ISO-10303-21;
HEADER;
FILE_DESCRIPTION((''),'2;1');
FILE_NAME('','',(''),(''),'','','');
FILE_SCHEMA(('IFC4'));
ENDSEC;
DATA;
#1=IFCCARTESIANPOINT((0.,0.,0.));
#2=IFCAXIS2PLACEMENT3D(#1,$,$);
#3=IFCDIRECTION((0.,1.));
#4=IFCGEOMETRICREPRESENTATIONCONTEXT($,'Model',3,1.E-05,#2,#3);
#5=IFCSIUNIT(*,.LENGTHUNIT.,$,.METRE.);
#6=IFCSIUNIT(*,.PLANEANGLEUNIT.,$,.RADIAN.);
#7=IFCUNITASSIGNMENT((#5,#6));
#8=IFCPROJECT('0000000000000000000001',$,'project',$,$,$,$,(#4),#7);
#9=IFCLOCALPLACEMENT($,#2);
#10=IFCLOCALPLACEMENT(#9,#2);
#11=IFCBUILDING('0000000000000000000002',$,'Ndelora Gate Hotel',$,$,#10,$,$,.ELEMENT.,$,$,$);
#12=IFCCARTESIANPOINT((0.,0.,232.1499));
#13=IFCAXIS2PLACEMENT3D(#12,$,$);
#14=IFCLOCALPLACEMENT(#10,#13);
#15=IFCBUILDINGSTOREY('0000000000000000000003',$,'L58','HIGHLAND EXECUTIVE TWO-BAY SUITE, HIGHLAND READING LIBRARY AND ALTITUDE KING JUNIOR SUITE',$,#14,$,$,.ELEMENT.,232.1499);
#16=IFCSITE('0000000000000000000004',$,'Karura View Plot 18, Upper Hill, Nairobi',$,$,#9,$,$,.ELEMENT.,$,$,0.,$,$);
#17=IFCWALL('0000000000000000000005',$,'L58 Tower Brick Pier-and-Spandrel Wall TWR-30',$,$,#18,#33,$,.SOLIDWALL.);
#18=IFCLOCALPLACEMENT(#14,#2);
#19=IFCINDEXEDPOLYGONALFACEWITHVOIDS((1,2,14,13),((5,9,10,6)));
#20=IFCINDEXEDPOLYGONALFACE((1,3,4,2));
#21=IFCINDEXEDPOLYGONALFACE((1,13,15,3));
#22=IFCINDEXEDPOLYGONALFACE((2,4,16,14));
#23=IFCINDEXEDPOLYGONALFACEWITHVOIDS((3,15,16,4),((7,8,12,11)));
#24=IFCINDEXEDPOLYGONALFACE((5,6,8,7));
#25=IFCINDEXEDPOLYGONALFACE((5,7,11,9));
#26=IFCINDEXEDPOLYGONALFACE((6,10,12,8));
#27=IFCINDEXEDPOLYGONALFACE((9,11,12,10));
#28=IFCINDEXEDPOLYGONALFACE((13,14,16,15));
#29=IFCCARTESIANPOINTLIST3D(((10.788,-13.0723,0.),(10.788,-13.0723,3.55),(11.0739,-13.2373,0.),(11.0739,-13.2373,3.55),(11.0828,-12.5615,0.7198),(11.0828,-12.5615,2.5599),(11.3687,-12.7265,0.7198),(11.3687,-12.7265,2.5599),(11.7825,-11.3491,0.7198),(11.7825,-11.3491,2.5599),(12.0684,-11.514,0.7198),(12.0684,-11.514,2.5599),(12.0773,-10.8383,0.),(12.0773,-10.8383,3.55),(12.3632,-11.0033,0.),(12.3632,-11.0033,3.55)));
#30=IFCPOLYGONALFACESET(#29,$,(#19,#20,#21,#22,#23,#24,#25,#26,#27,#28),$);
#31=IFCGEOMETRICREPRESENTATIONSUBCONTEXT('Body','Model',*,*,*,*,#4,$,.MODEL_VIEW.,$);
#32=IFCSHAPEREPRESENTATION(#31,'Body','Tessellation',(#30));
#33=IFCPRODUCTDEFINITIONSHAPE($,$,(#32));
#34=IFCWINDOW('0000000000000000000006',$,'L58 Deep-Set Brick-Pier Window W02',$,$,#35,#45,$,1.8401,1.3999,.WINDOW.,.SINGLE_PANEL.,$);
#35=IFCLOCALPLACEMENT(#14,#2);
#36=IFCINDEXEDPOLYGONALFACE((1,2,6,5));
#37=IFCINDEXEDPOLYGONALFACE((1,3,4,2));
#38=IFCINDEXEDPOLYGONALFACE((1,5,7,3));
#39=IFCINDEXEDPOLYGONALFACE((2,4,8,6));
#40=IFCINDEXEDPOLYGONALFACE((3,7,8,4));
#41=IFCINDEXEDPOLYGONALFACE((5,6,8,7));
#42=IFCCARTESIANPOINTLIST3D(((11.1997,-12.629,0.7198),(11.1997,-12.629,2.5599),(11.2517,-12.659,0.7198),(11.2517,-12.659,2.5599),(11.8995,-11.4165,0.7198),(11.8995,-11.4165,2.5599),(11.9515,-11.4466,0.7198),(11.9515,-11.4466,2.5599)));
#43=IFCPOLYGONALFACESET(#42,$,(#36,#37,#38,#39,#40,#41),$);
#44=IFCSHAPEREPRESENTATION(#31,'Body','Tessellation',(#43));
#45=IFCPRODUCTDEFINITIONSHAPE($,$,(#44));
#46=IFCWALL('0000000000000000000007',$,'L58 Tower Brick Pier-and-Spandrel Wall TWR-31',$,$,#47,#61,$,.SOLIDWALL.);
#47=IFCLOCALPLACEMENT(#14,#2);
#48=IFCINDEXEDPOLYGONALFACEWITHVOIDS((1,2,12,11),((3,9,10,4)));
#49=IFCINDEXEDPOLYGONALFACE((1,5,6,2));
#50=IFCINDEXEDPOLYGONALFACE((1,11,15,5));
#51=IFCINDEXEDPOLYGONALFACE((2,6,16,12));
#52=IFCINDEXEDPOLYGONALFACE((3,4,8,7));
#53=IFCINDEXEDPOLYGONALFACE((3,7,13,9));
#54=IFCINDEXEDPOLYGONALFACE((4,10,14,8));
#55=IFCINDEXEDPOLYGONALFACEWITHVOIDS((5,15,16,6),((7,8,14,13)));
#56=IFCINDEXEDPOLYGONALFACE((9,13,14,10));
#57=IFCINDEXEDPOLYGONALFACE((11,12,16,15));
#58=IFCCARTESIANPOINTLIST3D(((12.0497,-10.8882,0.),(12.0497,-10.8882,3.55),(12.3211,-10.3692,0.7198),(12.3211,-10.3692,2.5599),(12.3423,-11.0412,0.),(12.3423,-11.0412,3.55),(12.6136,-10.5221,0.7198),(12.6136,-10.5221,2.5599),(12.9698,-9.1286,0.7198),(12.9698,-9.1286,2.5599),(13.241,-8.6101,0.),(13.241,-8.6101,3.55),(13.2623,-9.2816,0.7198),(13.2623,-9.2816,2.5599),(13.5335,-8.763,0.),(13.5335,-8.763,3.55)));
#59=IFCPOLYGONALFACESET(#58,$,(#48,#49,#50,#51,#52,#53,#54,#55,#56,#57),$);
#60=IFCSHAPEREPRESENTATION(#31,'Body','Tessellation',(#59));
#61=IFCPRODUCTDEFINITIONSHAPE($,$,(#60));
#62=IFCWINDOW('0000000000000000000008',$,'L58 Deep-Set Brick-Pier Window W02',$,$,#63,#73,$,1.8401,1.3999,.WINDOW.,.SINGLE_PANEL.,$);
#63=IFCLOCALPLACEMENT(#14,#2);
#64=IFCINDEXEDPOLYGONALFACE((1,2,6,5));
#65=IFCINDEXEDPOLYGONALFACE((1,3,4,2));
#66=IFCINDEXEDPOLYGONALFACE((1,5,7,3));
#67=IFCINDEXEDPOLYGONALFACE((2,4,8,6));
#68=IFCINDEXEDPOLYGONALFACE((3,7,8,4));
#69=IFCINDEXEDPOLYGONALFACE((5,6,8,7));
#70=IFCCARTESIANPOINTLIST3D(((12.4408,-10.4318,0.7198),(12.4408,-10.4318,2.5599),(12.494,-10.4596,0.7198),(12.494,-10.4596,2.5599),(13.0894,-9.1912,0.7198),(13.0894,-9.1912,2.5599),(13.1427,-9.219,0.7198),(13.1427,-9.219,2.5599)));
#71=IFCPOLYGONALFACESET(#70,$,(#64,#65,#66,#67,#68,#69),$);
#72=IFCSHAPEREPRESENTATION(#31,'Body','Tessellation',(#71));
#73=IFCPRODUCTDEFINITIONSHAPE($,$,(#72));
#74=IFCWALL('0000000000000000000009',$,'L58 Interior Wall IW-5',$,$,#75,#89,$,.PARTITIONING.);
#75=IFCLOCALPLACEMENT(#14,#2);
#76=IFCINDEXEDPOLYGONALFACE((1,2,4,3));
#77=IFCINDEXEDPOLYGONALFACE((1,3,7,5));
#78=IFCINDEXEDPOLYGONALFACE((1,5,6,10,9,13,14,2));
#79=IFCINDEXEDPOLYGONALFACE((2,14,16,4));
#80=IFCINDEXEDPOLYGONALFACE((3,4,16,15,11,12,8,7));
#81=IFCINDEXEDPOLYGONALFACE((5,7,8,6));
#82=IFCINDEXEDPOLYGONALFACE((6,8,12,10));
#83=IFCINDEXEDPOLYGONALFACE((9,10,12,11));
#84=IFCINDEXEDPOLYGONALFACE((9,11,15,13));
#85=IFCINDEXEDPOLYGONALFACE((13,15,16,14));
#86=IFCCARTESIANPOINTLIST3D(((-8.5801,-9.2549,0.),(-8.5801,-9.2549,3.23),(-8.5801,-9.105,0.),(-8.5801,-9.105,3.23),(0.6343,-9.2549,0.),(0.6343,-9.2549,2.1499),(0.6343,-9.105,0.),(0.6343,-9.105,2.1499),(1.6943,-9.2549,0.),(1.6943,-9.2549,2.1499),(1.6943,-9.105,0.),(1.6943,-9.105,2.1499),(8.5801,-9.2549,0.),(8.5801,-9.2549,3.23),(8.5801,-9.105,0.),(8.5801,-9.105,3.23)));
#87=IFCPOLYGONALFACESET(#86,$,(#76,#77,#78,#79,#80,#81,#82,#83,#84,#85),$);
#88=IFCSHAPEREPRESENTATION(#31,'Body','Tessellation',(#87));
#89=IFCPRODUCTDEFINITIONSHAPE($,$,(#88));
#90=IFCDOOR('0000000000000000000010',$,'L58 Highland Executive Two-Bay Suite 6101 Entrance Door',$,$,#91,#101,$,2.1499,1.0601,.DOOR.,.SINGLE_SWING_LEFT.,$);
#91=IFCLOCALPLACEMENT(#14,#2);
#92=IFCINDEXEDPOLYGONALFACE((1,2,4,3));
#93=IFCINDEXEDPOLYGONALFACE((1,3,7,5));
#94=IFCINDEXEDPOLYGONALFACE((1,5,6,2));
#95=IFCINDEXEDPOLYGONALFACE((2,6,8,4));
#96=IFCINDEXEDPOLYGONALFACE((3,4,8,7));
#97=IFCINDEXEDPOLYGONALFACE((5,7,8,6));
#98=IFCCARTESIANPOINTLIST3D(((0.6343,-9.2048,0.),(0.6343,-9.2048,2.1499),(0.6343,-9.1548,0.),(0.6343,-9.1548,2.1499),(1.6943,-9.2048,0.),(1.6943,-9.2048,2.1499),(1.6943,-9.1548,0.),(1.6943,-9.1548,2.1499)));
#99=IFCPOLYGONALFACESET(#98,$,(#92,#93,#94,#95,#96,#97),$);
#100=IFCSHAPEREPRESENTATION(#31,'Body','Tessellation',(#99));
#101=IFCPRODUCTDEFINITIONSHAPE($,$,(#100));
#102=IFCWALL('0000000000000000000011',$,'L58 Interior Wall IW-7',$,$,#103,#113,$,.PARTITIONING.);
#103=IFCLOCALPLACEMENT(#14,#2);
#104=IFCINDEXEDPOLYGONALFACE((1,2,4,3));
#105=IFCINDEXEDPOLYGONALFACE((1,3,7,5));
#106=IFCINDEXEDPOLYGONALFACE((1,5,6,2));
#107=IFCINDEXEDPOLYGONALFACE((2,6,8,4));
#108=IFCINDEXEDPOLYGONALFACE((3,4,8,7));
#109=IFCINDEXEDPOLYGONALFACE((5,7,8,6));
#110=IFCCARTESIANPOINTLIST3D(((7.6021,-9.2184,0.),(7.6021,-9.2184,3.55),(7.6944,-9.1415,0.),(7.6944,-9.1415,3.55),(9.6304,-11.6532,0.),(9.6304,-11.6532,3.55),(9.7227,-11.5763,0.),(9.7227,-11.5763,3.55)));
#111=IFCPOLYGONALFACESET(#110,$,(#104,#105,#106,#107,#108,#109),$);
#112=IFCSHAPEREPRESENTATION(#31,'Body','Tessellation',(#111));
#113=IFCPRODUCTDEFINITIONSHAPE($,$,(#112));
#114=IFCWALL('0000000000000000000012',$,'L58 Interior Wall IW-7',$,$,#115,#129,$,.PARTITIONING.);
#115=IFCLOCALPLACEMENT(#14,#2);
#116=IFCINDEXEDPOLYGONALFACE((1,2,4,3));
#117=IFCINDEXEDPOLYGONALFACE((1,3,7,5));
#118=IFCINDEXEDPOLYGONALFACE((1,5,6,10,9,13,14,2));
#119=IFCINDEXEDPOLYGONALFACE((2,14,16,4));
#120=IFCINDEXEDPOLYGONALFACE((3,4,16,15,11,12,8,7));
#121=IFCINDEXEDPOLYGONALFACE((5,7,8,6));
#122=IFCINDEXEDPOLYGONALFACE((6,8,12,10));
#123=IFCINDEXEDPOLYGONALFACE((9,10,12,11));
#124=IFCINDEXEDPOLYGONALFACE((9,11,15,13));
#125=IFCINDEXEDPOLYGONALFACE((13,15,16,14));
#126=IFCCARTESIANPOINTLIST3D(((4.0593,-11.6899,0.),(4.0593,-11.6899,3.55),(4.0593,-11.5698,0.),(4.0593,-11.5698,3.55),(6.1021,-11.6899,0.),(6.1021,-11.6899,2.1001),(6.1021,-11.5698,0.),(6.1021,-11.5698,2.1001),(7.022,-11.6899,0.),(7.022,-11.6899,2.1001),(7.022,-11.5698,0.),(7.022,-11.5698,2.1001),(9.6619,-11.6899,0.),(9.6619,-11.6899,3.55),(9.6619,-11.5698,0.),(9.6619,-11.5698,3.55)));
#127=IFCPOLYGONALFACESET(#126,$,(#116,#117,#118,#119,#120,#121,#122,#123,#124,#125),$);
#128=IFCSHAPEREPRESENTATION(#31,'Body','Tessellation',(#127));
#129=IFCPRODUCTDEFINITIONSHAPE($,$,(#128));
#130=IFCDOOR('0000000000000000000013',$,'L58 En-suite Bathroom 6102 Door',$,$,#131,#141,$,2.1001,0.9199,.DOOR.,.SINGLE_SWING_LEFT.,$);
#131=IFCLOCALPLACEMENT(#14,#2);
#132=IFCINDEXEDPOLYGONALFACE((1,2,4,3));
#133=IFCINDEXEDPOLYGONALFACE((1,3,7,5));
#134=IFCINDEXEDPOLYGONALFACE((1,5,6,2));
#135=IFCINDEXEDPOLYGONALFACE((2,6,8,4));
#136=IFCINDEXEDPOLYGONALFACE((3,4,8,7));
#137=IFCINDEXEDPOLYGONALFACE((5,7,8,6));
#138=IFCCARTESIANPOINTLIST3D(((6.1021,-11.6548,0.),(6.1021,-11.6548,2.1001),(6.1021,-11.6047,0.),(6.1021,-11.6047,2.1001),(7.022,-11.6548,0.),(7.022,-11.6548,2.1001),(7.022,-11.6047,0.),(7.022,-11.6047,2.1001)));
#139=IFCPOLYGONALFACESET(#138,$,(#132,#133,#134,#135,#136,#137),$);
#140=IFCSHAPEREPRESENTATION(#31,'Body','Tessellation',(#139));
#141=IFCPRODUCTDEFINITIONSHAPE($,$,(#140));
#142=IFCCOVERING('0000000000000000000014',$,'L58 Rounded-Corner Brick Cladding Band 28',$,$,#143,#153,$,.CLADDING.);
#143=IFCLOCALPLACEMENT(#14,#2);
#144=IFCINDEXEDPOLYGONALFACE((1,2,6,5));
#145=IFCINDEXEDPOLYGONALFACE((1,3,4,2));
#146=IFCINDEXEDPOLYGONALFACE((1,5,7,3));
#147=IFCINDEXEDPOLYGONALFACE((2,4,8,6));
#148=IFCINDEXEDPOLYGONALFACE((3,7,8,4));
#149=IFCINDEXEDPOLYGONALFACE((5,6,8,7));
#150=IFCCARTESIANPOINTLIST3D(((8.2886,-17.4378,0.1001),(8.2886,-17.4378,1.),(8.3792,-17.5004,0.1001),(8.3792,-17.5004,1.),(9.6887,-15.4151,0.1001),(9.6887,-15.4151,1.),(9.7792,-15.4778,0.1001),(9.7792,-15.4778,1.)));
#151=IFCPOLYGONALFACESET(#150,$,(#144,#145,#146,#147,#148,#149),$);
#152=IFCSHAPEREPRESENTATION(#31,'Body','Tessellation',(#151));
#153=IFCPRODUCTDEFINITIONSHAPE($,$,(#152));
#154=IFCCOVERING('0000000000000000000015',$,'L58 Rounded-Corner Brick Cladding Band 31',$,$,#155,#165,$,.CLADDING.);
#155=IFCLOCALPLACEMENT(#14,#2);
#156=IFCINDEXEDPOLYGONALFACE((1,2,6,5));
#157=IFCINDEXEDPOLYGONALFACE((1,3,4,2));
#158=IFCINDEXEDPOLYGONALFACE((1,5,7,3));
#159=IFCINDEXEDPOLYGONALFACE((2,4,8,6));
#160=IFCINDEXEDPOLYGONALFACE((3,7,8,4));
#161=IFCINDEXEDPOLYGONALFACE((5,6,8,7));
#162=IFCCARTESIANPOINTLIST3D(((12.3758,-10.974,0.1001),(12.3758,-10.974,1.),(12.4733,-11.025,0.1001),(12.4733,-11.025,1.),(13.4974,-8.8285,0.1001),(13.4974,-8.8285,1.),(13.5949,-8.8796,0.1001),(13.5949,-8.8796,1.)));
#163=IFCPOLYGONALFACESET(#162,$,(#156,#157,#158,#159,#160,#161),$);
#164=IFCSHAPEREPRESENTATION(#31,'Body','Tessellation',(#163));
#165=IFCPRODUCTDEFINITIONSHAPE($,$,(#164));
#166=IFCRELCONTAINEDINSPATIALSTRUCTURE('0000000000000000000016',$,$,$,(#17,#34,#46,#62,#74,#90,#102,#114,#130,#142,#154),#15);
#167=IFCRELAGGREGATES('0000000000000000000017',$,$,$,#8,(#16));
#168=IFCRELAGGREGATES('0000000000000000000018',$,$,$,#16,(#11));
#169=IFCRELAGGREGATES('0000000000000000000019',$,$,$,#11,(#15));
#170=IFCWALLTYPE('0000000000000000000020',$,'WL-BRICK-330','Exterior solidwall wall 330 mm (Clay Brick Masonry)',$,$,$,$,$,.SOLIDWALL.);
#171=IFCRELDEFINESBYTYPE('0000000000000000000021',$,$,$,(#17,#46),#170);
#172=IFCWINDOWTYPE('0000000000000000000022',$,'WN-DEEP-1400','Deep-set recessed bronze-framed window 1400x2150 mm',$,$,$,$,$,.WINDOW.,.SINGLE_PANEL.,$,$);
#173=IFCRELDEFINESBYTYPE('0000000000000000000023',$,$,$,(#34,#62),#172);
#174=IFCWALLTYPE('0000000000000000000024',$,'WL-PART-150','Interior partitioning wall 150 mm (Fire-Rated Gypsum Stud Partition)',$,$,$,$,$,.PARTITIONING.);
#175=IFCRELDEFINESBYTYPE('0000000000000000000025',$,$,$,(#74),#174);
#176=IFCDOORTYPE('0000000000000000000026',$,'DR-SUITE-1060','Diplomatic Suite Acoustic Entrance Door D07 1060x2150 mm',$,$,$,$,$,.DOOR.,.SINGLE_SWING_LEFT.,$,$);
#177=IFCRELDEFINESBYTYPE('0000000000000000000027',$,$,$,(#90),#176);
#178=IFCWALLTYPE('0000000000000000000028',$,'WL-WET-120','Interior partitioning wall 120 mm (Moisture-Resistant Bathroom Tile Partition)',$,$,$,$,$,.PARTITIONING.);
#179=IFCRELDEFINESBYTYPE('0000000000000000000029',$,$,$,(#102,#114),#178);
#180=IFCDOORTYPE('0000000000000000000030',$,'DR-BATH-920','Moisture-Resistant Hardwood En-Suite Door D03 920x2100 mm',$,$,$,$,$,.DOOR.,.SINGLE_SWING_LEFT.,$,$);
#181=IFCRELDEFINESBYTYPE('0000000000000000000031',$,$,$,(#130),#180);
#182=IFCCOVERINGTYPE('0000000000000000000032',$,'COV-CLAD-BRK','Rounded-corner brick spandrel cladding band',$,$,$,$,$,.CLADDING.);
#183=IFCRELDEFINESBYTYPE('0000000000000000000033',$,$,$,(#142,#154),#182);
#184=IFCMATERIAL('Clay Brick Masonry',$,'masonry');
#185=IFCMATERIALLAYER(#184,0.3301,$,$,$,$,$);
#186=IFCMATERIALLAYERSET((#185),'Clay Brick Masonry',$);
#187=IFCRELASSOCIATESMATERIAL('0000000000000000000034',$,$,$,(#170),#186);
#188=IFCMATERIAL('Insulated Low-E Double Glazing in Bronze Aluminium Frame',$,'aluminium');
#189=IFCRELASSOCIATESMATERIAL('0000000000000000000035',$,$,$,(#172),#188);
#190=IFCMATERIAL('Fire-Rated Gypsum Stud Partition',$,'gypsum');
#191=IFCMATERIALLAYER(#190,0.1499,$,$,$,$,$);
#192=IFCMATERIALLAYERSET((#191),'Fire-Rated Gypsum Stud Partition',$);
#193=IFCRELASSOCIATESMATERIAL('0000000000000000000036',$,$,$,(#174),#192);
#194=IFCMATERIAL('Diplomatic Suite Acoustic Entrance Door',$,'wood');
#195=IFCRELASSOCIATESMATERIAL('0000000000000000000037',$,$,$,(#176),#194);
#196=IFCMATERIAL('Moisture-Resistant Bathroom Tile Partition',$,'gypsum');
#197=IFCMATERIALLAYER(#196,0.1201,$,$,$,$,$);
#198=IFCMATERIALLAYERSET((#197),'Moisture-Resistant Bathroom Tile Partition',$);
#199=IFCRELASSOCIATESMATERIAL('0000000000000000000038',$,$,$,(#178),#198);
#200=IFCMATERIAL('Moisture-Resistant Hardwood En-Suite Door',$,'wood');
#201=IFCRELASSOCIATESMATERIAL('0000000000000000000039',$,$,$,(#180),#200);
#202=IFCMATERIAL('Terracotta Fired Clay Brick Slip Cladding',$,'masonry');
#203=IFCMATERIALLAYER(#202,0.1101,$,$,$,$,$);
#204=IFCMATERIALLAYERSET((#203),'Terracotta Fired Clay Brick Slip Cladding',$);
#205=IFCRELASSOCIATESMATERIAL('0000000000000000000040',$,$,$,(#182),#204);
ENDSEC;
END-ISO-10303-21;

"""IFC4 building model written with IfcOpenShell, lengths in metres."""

from ifc_helpers import new_model, si_unit, direction, frame, frame_2d, origin, origin_2d, place, context, subcontext, project, spatial, rectangle, extrude, material, layer, layer_set, type_object, element, fill, save


model = new_model("IFC4")

# Units and contexts
model_context = context("Model", 3, precision=1e-05, world=origin(), true_north=direction((0.0, 1.0)))
body_context = subcontext(model_context, "Body", "Model", "MODEL_VIEW")
ifc_project = project(units=[si_unit("LENGTHUNIT", "METRE"), si_unit("PLANEANGLEUNIT", "RADIAN")], contexts=[model_context])

# Site, building, storey
site_placement = place(None, origin())
site = spatial("IfcSite", under=ifc_project, at=site_placement, Name="Karura View Plot 18, Upper Hill, Nairobi", CompositionType="ELEMENT", RefElevation=0.0)
building_placement = place(site_placement, origin())
building = spatial("IfcBuilding", under=site, at=building_placement, Name="Ndelora Gate Hotel", CompositionType="ELEMENT")
storey_placement = place(building_placement, frame((0.0, 0.0, 232.1499)))
storey = spatial("IfcBuildingStorey", under=building, at=storey_placement, Name="L58", Description="HIGHLAND EXECUTIVE TWO-BAY SUITE, HIGHLAND READING LIBRARY AND ALTITUDE KING JUNIOR SUITE", CompositionType="ELEMENT", Elevation=232.1499)

# Shared definitions
ifc_material_1 = material(Name="Clay Brick Masonry", Category="masonry")
ifc_layer_1 = layer(ifc_material_1, 0.3301)
ifc_layer_set_1 = layer_set([ifc_layer_1], Name="Clay Brick Masonry")
wall_type_1 = type_object("IfcWallType", Name="WL-BRICK-330", Description="Exterior solidwall wall 330 mm (Clay Brick Masonry)", PredefinedType="SOLIDWALL", material=ifc_layer_set_1)

# Walls, openings, windows
ifc_material_2 = material(Name="Insulated Low-E Double Glazing in Bronze Aluminium Frame", Category="aluminium")
window_type = type_object("IfcWindowType", Name="WN-DEEP-1400", Description="Deep-set recessed bronze-framed window 1400x2150 mm", PartitioningType="SINGLE_PANEL", PredefinedType="WINDOW", material=ifc_material_2)
wall_1_placement = place(storey_placement, frame((12.2202, -10.9209, 0.0), z_axis=(0.0, 0.0, 1.0), x_axis=(-0.499875, -0.866097, 0.0)))
wall_1 = element("IfcWall", 1, at=wall_1_placement, inside=storey, type_object=wall_type_1, Name="L58 Tower Brick Pier-and-Spandrel Wall TWR-30", PredefinedType="SOLIDWALL", context=body_context, shape_type="SweptSolid", body=[
    extrude(rectangle(XDim=2.5793, YDim=0.3301, at=frame_2d((1.2896, 0.0))), origin(), (0.0, 0.0, 1.0), 3.55),
])
opening_1_placement = place(wall_1_placement, frame((0.5896, 0.0, 0.72)))
opening_1 = element("IfcOpeningElement", 2, at=opening_1_placement, cuts=wall_1, PredefinedType="OPENING", context=body_context, shape_type="SweptSolid", body=[
    extrude(rectangle(XDim=1.3999, YDim=1.8401, at=frame_2d((0.7, 0.9199))), frame((0.0, 0.175, 0.0), z_axis=(0.0, -1.0, 0.0), x_axis=(1.0, 0.0, 0.0)), (0.0, 0.0, 1.0), 0.3501),
])
window_1_placement = place(opening_1_placement, origin())
window_1 = element("IfcWindow", 3, at=window_1_placement, inside=storey, type_object=window_type, Name="L58 Deep-Set Brick-Pier Window W02", OverallHeight=1.8401, OverallWidth=1.3999, PartitioningType="SINGLE_PANEL", PredefinedType="WINDOW", context=body_context, shape_type="SweptSolid", body=[
    extrude(rectangle(XDim=1.3999, YDim=1.8401, at=frame_2d((0.7, 0.9199))), frame((0.0, 0.03, 0.0), z_axis=(0.0, -1.0, 0.0), x_axis=(1.0, 0.0, 0.0)), (0.0, 0.0, 1.0), 0.0601),
])
fill(opening_1, window_1)
wall_2_placement = place(storey_placement, frame((13.3872, -8.6865, 0.0), z_axis=(0.0, 0.0, 1.0), x_axis=(-0.463361, -0.88617, 0.0)))
wall_2 = element("IfcWall", 4, at=wall_2_placement, inside=storey, type_object=wall_type_1, Name="L58 Tower Brick Pier-and-Spandrel Wall TWR-31", PredefinedType="SOLIDWALL", context=body_context, shape_type="SweptSolid", body=[
    extrude(rectangle(XDim=2.5708, YDim=0.3301, at=frame_2d((1.2854, 0.0))), origin(), (0.0, 0.0, 1.0), 3.55),
])
opening_2_placement = place(wall_2_placement, frame((0.5852, 0.0, 0.72)))
opening_2 = element("IfcOpeningElement", 5, at=opening_2_placement, cuts=wall_2, PredefinedType="OPENING", context=body_context, shape_type="SweptSolid", body=[
    extrude(rectangle(XDim=1.3999, YDim=1.8401, at=frame_2d((0.7, 0.9199))), frame((0.0, 0.175, 0.0), z_axis=(0.0, -1.0, 0.0), x_axis=(1.0, 0.0, 0.0)), (0.0, 0.0, 1.0), 0.3501),
])
window_2_placement = place(opening_2_placement, origin())
window_2 = element("IfcWindow", 6, at=window_2_placement, inside=storey, type_object=window_type, Name="L58 Deep-Set Brick-Pier Window W02", OverallHeight=1.8401, OverallWidth=1.3999, PartitioningType="SINGLE_PANEL", PredefinedType="WINDOW", context=body_context, shape_type="SweptSolid", body=[
    extrude(rectangle(XDim=1.3999, YDim=1.8401, at=frame_2d((0.7, 0.9199))), frame((0.0, 0.03, 0.0), z_axis=(0.0, -1.0, 0.0), x_axis=(1.0, 0.0, 0.0)), (0.0, 0.0, 1.0), 0.0601),
])
fill(opening_2, window_2)

# Wall, opening, door
ifc_material_3 = material(Name="Fire-Rated Gypsum Stud Partition", Category="gypsum")
ifc_layer_2 = layer(ifc_material_3, 0.1499)
ifc_layer_set_2 = layer_set([ifc_layer_2], Name="Fire-Rated Gypsum Stud Partition")
wall_type_2 = type_object("IfcWallType", Name="WL-PART-150", Description="Interior partitioning wall 150 mm (Fire-Rated Gypsum Stud Partition)", PredefinedType="PARTITIONING", material=ifc_layer_set_2)
wall_3_placement = place(storey_placement, frame((8.5801, -9.1799, 0.0), z_axis=(0.0, 0.0, 1.0), x_axis=(-1.0, 0.0, 0.0)))
wall_3 = element("IfcWall", 7, at=wall_3_placement, inside=storey, type_object=wall_type_2, Name="L58 Interior Wall IW-5", PredefinedType="PARTITIONING", context=body_context, shape_type="SweptSolid", body=[
    extrude(rectangle(XDim=17.1602, YDim=0.1499, at=frame_2d((8.5801, 0.0))), origin(), (0.0, 0.0, 1.0), 3.23),
])
opening_3_placement = place(wall_3_placement, frame((6.8857, 0.0, 0.0)))
opening_3 = element("IfcOpeningElement", 8, at=opening_3_placement, cuts=wall_3, PredefinedType="OPENING", context=body_context, shape_type="SweptSolid", body=[
    extrude(rectangle(XDim=1.0601, YDim=2.1499, at=frame_2d((0.53, 1.075))), frame((0.0, 0.085, 0.0), z_axis=(0.0, -1.0, 0.0), x_axis=(1.0, 0.0, 0.0)), (0.0, 0.0, 1.0), 0.1699),
])
ifc_material_4 = material(Name="Diplomatic Suite Acoustic Entrance Door", Category="wood")
door_type_1 = type_object("IfcDoorType", Name="DR-SUITE-1060", Description="Diplomatic Suite Acoustic Entrance Door D07 1060x2150 mm", OperationType="SINGLE_SWING_LEFT", PredefinedType="DOOR", material=ifc_material_4)
door_1_placement = place(opening_3_placement, origin())
door_1 = element("IfcDoor", 9, at=door_1_placement, inside=storey, type_object=door_type_1, Name="L58 Highland Executive Two-Bay Suite 6101 Entrance Door", OperationType="SINGLE_SWING_LEFT", OverallHeight=2.1499, OverallWidth=1.0601, PredefinedType="DOOR", context=body_context, shape_type="SweptSolid", body=[
    extrude(rectangle(XDim=1.0601, YDim=2.1499, at=frame_2d((0.53, 1.075))), frame((0.0, 0.0249, 0.0), z_axis=(0.0, -1.0, 0.0), x_axis=(1.0, 0.0, 0.0)), (0.0, 0.0, 1.0), 0.05),
])
fill(opening_3, door_1)

# Wall
ifc_material_5 = material(Name="Moisture-Resistant Bathroom Tile Partition", Category="gypsum")
ifc_layer_3 = layer(ifc_material_5, 0.1201)
ifc_layer_set_3 = layer_set([ifc_layer_3], Name="Moisture-Resistant Bathroom Tile Partition")
wall_type_3 = type_object("IfcWallType", Name="WL-WET-120", Description="Interior partitioning wall 120 mm (Moisture-Resistant Bathroom Tile Partition)", PredefinedType="PARTITIONING", material=ifc_layer_set_3)
wall_4_placement = place(storey_placement, frame((9.6765, -11.6147, 0.0), z_axis=(0.0, 0.0, 1.0), x_axis=(-0.640056, 0.768329, 0.0)))
element("IfcWall", 10, at=wall_4_placement, inside=storey, type_object=wall_type_3, Name="L58 Interior Wall IW-7", PredefinedType="PARTITIONING", context=body_context, shape_type="SweptSolid", body=[
    extrude(rectangle(XDim=3.1689, YDim=0.1201, at=frame_2d((1.5845, 0.0))), origin(), (0.0, 0.0, 1.0), 3.55),
])

# Wall, opening, door
wall_5_placement = place(storey_placement, frame((9.6619, -11.6299, 0.0), z_axis=(0.0, 0.0, 1.0), x_axis=(-1.0, 0.0, 0.0)))
wall_5 = element("IfcWall", 11, at=wall_5_placement, inside=storey, type_object=wall_type_3, Name="L58 Interior Wall IW-7", PredefinedType="PARTITIONING", context=body_context, shape_type="SweptSolid", body=[
    extrude(rectangle(XDim=5.6025, YDim=0.1201, at=frame_2d((2.8013, 0.0))), origin(), (0.0, 0.0, 1.0), 3.55),
])
opening_4_placement = place(wall_5_placement, frame((2.6399, 0.0, 0.0)))
opening_4 = element("IfcOpeningElement", 12, at=opening_4_placement, cuts=wall_5, PredefinedType="OPENING", context=body_context, shape_type="SweptSolid", body=[
    extrude(rectangle(XDim=0.9199, YDim=2.1001, at=frame_2d((0.46, 1.05))), frame((0.0, 0.0701, 0.0), z_axis=(0.0, -1.0, 0.0), x_axis=(1.0, 0.0, 0.0)), (0.0, 0.0, 1.0), 0.1401),
])
ifc_material_6 = material(Name="Moisture-Resistant Hardwood En-Suite Door", Category="wood")
door_type_2 = type_object("IfcDoorType", Name="DR-BATH-920", Description="Moisture-Resistant Hardwood En-Suite Door D03 920x2100 mm", OperationType="SINGLE_SWING_LEFT", PredefinedType="DOOR", material=ifc_material_6)
door_2_placement = place(opening_4_placement, origin())
door_2 = element("IfcDoor", 13, at=door_2_placement, inside=storey, type_object=door_type_2, Name="L58 En-suite Bathroom 6102 Door", OperationType="SINGLE_SWING_LEFT", OverallHeight=2.1001, OverallWidth=0.9199, PredefinedType="DOOR", context=body_context, shape_type="SweptSolid", body=[
    extrude(rectangle(XDim=0.9199, YDim=2.1001, at=frame_2d((0.46, 1.05))), frame((0.0, 0.0249, 0.0), z_axis=(0.0, -1.0, 0.0), x_axis=(1.0, 0.0, 0.0)), (0.0, 0.0, 1.0), 0.05),
])
fill(opening_4, door_2)

# Coverings
ifc_material_7 = material(Name="Terracotta Fired Clay Brick Slip Cladding", Category="masonry")
ifc_layer_4 = layer(ifc_material_7, 0.1101)
ifc_layer_set_4 = layer_set([ifc_layer_4], Name="Terracotta Fired Clay Brick Slip Cladding")
covering_type_1 = type_object("IfcCoveringType", Name="COV-CLAD-BRK", Description="Rounded-corner brick spandrel cladding band", PredefinedType="CLADDING", material=ifc_layer_set_4)
covering_1_placement = place(storey_placement, frame((9.0339, -16.4578, 0.1001), z_axis=(0.0, 0.0, 1.0), x_axis=(0.569136, 0.822243, 0.0)))
element("IfcCovering", 14, at=covering_1_placement, inside=storey, type_object=covering_type_1, Name="L58 Rounded-Corner Brick Cladding Band 28", PredefinedType="CLADDING", context=body_context, shape_type="SweptSolid", body=[
    extrude(rectangle(XDim=2.46, YDim=0.1101, at=origin_2d()), origin(), (0.0, 0.0, 1.0), 0.8999),
])
covering_2_placement = place(storey_placement, frame((12.9854, -9.9268, 0.1001), z_axis=(0.0, 0.0, 1.0), x_axis=(0.463296, 0.886204, 0.0)))
element("IfcCovering", 15, at=covering_2_placement, inside=storey, type_object=covering_type_1, Name="L58 Rounded-Corner Brick Cladding Band 31", PredefinedType="CLADDING", context=body_context, shape_type="SweptSolid", body=[
    extrude(rectangle(XDim=2.4209, YDim=0.1101, at=origin_2d()), origin(), (0.0, 0.0, 1.0), 0.8999),
])

save(model, "model.ifc")
